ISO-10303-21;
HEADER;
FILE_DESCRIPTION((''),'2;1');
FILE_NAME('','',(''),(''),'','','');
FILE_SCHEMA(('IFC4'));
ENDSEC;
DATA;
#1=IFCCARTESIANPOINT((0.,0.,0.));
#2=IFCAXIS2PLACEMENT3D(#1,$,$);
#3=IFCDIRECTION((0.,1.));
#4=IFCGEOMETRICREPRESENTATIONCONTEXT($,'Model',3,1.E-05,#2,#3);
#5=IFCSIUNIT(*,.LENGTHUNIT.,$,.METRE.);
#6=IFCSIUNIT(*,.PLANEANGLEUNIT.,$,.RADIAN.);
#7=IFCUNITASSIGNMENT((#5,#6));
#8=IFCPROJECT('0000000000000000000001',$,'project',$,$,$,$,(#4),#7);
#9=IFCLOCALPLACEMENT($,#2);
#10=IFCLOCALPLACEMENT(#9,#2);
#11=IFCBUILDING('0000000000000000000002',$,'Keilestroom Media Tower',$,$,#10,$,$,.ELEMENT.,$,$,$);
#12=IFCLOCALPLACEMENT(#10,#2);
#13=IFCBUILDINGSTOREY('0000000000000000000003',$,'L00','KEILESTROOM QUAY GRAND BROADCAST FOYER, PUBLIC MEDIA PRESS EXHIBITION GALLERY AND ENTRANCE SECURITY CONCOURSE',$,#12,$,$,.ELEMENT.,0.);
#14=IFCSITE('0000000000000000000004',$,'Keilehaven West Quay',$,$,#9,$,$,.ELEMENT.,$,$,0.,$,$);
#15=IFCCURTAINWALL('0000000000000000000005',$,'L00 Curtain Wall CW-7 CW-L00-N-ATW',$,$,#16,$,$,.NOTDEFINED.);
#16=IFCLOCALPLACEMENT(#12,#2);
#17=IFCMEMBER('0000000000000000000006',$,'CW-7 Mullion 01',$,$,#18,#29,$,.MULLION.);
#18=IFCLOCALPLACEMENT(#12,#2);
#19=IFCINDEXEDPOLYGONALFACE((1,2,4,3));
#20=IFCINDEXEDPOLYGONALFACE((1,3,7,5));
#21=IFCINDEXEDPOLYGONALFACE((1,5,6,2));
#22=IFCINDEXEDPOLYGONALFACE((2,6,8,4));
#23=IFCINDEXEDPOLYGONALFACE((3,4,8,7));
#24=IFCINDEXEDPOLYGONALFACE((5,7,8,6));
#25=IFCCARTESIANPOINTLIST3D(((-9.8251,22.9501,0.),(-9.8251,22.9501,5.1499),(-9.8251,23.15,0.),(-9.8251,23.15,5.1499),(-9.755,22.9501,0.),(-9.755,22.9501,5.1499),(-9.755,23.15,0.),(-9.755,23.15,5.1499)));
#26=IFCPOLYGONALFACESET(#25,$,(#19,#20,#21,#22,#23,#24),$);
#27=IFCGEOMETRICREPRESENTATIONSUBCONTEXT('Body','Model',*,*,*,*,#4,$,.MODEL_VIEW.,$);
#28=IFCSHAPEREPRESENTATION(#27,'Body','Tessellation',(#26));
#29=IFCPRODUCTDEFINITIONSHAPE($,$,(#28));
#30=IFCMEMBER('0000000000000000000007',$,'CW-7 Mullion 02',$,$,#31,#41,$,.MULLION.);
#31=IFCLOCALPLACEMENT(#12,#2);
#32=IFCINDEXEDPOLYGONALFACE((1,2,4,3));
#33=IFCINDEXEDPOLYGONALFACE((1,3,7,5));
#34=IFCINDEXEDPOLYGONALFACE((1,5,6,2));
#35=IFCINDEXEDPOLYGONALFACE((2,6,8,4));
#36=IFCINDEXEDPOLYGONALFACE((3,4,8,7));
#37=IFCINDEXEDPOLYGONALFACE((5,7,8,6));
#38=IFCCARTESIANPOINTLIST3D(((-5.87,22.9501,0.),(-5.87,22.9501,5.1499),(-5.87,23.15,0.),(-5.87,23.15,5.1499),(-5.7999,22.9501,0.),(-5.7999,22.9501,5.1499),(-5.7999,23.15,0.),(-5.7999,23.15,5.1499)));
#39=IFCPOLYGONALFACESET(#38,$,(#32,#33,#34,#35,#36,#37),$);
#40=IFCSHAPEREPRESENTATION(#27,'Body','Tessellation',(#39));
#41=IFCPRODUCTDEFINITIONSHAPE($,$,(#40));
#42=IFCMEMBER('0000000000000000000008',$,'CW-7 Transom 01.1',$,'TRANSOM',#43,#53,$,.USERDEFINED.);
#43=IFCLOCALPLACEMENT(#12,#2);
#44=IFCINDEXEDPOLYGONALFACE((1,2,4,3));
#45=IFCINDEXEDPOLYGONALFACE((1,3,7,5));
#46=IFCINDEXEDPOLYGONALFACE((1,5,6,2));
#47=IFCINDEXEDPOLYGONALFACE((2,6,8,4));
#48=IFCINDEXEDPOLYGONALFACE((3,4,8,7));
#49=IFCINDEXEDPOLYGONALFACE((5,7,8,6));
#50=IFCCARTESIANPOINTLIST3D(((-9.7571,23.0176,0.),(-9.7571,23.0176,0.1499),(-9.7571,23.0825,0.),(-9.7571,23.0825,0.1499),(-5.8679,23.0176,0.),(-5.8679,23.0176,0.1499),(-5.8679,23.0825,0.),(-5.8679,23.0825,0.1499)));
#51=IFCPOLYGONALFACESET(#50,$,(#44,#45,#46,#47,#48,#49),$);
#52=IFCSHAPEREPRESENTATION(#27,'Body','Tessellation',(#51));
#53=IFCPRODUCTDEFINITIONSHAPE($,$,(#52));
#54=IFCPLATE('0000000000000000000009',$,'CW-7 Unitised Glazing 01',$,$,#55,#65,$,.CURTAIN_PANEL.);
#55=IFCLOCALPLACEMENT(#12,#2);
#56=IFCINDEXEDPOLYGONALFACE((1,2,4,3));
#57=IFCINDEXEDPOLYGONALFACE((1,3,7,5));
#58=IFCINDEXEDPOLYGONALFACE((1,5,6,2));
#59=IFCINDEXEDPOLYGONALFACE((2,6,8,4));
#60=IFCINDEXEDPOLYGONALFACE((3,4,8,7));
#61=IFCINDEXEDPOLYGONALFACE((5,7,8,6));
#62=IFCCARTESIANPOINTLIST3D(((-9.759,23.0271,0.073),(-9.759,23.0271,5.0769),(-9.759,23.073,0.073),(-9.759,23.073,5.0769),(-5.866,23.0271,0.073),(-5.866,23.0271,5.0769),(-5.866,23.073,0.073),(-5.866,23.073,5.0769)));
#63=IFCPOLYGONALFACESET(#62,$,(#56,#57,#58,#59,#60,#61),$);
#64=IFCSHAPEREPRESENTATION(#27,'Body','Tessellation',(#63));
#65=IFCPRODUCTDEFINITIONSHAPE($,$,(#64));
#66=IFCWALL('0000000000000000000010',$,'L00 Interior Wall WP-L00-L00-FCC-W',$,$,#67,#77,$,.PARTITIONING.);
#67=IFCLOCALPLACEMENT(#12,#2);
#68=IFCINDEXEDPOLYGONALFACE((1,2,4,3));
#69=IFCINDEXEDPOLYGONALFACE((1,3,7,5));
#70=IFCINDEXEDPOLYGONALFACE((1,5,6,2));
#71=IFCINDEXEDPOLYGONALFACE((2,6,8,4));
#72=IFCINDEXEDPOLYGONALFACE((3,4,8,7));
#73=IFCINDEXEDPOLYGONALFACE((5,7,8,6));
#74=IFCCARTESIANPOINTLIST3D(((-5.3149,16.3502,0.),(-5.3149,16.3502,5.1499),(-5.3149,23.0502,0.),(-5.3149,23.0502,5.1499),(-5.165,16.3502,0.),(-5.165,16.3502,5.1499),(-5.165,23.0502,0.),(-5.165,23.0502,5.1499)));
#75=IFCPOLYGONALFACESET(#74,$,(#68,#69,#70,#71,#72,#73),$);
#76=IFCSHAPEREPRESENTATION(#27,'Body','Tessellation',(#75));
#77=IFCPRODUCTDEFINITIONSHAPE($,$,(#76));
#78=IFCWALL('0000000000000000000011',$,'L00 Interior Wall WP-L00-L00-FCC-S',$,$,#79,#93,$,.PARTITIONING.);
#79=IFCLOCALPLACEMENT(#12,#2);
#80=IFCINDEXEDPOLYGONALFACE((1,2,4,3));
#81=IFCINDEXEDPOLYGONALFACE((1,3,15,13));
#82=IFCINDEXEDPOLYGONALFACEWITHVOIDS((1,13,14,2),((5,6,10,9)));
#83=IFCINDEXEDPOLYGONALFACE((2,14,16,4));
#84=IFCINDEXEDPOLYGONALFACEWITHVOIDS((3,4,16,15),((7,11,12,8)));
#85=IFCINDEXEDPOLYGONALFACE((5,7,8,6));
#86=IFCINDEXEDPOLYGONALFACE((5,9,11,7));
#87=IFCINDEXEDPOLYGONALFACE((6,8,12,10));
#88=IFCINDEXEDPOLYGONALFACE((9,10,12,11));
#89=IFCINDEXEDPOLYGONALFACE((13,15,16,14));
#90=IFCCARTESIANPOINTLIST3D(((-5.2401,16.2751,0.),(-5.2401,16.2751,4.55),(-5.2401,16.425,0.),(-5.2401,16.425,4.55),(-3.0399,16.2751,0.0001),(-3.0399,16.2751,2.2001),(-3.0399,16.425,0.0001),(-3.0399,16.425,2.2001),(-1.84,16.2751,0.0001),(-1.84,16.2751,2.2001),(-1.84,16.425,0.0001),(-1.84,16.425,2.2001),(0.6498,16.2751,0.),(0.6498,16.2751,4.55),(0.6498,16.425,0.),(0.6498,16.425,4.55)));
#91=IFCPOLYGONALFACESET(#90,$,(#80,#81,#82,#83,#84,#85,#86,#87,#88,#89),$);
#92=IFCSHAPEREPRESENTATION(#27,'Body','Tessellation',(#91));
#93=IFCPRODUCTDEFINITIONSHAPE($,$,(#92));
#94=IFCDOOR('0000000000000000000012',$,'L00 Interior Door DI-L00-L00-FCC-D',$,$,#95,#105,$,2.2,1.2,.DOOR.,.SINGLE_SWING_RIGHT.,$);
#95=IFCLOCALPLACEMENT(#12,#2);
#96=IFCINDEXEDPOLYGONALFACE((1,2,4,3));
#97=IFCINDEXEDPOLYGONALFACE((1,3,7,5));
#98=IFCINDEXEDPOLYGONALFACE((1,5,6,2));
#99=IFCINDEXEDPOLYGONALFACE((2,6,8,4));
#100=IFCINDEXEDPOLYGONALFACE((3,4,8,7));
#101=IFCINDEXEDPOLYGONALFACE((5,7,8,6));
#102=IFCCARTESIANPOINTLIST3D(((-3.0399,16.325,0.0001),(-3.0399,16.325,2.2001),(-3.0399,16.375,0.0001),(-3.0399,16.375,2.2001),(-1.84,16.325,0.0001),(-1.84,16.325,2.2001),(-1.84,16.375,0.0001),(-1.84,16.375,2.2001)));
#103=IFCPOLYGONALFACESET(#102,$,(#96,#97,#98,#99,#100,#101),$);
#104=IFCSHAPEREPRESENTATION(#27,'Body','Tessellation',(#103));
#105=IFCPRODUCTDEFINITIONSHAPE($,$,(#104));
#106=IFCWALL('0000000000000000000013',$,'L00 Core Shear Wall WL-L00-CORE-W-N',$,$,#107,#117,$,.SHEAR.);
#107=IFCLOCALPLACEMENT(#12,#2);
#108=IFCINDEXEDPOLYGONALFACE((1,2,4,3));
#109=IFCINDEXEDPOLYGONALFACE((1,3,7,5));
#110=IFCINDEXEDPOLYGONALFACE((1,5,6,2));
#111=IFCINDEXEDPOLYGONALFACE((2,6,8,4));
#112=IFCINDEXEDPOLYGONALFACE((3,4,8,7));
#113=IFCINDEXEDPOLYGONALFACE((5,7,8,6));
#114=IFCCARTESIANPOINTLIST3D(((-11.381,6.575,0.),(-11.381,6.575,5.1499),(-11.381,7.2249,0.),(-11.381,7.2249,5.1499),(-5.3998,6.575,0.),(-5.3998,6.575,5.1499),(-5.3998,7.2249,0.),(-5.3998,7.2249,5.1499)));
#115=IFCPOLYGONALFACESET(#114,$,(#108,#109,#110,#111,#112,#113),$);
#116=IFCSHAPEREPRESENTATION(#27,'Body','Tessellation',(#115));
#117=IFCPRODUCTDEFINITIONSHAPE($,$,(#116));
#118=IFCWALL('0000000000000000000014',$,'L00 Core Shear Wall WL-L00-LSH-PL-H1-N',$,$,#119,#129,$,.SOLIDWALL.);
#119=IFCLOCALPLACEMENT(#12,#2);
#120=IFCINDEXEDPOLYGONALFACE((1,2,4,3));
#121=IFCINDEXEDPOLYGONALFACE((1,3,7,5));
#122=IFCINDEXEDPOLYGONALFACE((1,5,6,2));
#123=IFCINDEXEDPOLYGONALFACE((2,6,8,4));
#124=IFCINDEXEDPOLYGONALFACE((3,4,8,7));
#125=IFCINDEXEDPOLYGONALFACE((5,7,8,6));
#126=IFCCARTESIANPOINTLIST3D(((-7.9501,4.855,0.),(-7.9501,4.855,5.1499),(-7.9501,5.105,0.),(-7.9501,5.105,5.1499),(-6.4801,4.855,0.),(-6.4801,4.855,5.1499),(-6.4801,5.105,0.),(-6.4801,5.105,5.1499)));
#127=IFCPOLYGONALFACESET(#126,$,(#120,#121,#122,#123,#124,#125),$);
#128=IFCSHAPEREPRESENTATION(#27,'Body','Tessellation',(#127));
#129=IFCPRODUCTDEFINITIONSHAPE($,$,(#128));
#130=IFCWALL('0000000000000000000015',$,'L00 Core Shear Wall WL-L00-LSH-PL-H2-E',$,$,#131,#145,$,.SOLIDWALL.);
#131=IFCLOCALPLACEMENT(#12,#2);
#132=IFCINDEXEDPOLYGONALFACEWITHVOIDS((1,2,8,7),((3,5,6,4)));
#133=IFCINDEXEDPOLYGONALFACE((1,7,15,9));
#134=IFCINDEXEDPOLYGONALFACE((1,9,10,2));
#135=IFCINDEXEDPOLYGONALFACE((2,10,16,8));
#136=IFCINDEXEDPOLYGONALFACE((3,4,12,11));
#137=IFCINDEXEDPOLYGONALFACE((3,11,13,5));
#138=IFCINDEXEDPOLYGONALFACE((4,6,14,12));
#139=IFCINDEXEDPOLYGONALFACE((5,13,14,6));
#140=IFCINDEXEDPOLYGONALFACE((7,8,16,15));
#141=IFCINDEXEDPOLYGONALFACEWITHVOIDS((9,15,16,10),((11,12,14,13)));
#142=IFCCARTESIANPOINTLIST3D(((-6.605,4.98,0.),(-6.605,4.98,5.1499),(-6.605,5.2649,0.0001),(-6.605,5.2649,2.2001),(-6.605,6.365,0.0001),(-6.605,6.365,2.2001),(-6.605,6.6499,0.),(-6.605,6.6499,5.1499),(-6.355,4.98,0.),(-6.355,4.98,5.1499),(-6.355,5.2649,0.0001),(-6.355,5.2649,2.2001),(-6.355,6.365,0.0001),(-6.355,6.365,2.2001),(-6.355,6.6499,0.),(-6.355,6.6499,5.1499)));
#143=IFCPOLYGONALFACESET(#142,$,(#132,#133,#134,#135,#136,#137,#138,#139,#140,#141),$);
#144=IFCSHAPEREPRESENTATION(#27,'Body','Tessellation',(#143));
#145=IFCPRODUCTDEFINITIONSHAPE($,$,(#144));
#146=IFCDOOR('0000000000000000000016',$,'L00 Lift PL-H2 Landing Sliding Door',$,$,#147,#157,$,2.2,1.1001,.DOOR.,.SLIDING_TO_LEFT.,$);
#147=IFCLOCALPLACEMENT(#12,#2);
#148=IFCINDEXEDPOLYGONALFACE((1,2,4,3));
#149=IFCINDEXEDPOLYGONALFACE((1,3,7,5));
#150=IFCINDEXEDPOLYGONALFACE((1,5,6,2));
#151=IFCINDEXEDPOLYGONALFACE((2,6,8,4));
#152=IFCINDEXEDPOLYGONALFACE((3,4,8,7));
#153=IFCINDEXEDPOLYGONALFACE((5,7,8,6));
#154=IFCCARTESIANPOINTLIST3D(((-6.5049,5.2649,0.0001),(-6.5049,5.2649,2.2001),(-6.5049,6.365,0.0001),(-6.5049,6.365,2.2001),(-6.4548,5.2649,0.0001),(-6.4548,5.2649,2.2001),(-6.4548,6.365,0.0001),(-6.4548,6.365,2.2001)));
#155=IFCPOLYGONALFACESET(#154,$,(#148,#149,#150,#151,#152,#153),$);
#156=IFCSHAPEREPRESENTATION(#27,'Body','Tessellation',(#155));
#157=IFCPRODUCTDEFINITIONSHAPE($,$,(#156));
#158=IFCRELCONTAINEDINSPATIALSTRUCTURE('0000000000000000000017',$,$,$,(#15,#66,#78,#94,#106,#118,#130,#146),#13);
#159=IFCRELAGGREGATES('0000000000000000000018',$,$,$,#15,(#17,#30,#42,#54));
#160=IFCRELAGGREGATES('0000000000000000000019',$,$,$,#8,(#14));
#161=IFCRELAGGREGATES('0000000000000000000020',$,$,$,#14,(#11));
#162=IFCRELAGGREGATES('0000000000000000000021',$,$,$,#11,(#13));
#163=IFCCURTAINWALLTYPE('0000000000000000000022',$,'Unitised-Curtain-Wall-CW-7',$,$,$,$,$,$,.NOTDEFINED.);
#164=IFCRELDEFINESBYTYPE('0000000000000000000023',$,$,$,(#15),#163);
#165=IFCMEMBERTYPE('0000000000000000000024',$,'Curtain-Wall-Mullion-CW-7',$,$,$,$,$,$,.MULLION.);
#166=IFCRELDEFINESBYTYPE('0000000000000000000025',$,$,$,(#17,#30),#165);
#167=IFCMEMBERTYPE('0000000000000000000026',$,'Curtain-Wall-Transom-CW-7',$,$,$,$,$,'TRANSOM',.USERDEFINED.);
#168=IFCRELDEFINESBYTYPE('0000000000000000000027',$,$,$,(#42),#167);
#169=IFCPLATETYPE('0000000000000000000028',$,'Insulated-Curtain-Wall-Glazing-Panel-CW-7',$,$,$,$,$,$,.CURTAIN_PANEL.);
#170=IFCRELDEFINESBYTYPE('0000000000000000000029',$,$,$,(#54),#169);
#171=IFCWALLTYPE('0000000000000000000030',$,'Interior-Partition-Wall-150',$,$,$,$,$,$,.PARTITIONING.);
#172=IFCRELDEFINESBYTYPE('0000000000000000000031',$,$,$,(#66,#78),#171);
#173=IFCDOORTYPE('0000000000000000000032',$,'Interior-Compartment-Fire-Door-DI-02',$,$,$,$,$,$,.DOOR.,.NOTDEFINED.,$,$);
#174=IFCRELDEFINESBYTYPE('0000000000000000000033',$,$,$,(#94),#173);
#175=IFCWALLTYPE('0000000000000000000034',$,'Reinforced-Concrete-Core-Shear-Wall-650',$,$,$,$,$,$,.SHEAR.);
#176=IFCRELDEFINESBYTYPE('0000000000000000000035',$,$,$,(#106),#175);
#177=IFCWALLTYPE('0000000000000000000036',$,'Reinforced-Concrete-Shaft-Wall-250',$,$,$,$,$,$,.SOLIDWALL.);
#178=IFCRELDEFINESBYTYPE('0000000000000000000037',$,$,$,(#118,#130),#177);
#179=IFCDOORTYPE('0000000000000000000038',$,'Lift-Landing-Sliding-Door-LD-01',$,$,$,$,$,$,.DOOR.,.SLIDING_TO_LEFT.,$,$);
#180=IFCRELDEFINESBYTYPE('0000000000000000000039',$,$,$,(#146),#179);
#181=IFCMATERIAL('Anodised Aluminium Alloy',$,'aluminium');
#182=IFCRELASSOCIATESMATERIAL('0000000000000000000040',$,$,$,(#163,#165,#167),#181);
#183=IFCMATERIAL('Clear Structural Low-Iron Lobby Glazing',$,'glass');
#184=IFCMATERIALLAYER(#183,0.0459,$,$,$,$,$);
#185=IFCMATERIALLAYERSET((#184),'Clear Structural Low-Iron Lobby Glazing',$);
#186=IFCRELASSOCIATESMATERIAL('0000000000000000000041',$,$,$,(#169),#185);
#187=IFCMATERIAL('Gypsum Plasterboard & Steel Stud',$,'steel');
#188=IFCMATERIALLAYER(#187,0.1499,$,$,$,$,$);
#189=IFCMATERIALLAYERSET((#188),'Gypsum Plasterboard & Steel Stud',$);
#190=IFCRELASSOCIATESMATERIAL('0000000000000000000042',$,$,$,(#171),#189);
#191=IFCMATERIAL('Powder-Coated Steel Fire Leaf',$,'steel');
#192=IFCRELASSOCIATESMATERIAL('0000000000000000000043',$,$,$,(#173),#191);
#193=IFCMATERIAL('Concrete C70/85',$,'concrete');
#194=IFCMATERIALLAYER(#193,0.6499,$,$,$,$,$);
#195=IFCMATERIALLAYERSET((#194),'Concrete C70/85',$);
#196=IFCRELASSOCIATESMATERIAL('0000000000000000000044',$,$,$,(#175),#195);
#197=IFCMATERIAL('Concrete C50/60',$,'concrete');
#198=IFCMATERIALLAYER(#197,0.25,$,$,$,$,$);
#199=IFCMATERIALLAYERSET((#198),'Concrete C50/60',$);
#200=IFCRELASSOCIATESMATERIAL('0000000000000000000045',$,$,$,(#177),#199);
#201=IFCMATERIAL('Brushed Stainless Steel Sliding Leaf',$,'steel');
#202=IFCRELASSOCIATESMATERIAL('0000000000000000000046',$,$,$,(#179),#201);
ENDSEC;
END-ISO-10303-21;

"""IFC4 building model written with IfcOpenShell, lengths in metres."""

from ifc_helpers import new_model, si_unit, direction, frame, frame_2d, origin, origin_2d, place, context, subcontext, project, spatial, rectangle, extrude, source, transform, mapped, material, layer, layer_set, material_profile, profile_set, type_object, element, fill, aggregate, save


model = new_model("IFC4")

# Units and contexts
model_context = context("Model", 3, precision=1e-05, world=origin(), true_north=direction((0.0, 1.0)))
body_context = subcontext(model_context, "Body", "Model", "MODEL_VIEW")
ifc_project = project(units=[si_unit("LENGTHUNIT", "METRE"), si_unit("PLANEANGLEUNIT", "RADIAN")], contexts=[model_context])

# Site, building, storey
site_placement = place(None, origin())
site = spatial("IfcSite", under=ifc_project, at=site_placement, Name="Keilehaven West Quay", CompositionType="ELEMENT", RefElevation=0.0)
building_placement = place(site_placement, origin())
building = spatial("IfcBuilding", under=site, at=building_placement, Name="Keilestroom Media Tower", CompositionType="ELEMENT")
storey_placement = place(building_placement, origin())
storey = spatial("IfcBuildingStorey", under=building, at=storey_placement, Name="L00", Description="KEILESTROOM QUAY GRAND BROADCAST FOYER, PUBLIC MEDIA PRESS EXHIBITION GALLERY AND ENTRANCE SECURITY CONCOURSE", CompositionType="ELEMENT", Elevation=0.0)

# Curtain wall, members, plate
ifc_material_1 = material(Name="Anodised Aluminium Alloy", Category="aluminium")
curtain_wall_type = type_object("IfcCurtainWallType", Name="Unitised-Curtain-Wall-CW-7", PredefinedType="NOTDEFINED", material=ifc_material_1)
curtain_wall_placement = place(storey_placement, origin())
curtain_wall = element("IfcCurtainWall", 1, at=curtain_wall_placement, inside=storey, type_object=curtain_wall_type, Name="L00 Curtain Wall CW-7 CW-L00-N-ATW", PredefinedType="NOTDEFINED")
ifc_material_profile_1 = material_profile(ifc_material_1, rectangle(XDim=0.0701, YDim=0.2, at=origin_2d()), Name="ALU MULLION 70x200")
ifc_profile_set_1 = profile_set([ifc_material_profile_1], Name="Anodised Aluminium Alloy")
member_type_1 = type_object("IfcMemberType", Name="Curtain-Wall-Mullion-CW-7", PredefinedType="MULLION", material=ifc_profile_set_1)
shared_shape_1 = source(origin(), body_context, "Body", "SweptSolid", [
    extrude(rectangle(XDim=0.0701, YDim=0.2, at=origin_2d()), origin(), (0.0, 0.0, 1.0), 5.1499),
])
member_1_placement = place(storey_placement, frame((-9.79, 23.05, 0.0), z_axis=(0.0, 0.0, 1.0), x_axis=(1.0, 0.0, 0.0)))
member_1 = element("IfcMember", 2, at=member_1_placement, type_object=member_type_1, Name="CW-7 Mullion 01", PredefinedType="MULLION", context=body_context, shape_type="MappedRepresentation", body=[
    mapped(shared_shape_1, transform((0.0, 0.0, 0.0), x_axis=(1.0, 0.0, 0.0), y_axis=(0.0, 1.0, 0.0), z_axis=(0.0, 0.0, 1.0), scale=1.0)),
])
member_2_placement = place(storey_placement, frame((-5.835, 23.05, 0.0), z_axis=(0.0, 0.0, 1.0), x_axis=(1.0, 0.0, 0.0)))
member_2 = element("IfcMember", 3, at=member_2_placement, type_object=member_type_1, Name="CW-7 Mullion 02", PredefinedType="MULLION", context=body_context, shape_type="MappedRepresentation", body=[
    mapped(shared_shape_1, transform((0.0, 0.0, 0.0), x_axis=(1.0, 0.0, 0.0), y_axis=(0.0, 1.0, 0.0), z_axis=(0.0, 0.0, 1.0), scale=1.0)),
])
ifc_material_profile_2 = material_profile(ifc_material_1, rectangle(XDim=0.0649, YDim=0.1499, at=origin_2d()), Name="ALU TRANSOM 65x150")
ifc_profile_set_2 = profile_set([ifc_material_profile_2], Name="Anodised Aluminium Alloy")
member_type_2 = type_object("IfcMemberType", Name="Curtain-Wall-Transom-CW-7", ElementType="TRANSOM", PredefinedType="USERDEFINED", material=ifc_profile_set_2)
shared_shape_2 = source(origin(), body_context, "Body", "SweptSolid", [
    extrude(rectangle(XDim=0.0649, YDim=0.1499, at=origin_2d()), origin(), (0.0, 0.0, 1.0), 3.8892),
])
member_3_placement = place(storey_placement, frame((-9.7571, 23.05, 0.075), z_axis=(1.0, 0.0, 0.0), x_axis=(0.0, 1.0, 0.0)))
member_3 = element("IfcMember", 4, at=member_3_placement, type_object=member_type_2, Name="CW-7 Transom 01.1", ObjectType="TRANSOM", PredefinedType="USERDEFINED", context=body_context, shape_type="MappedRepresentation", body=[
    mapped(shared_shape_2, transform((0.0, 0.0, 0.0), x_axis=(1.0, 0.0, 0.0), y_axis=(0.0, 1.0, 0.0), z_axis=(0.0, 0.0, 1.0), scale=1.0)),
])
ifc_material_2 = material(Name="Clear Structural Low-Iron Lobby Glazing", Category="glass")
ifc_layer_1 = layer(ifc_material_2, 0.0459)
ifc_layer_set_1 = layer_set([ifc_layer_1], Name="Clear Structural Low-Iron Lobby Glazing")
plate_type = type_object("IfcPlateType", Name="Insulated-Curtain-Wall-Glazing-Panel-CW-7", PredefinedType="CURTAIN_PANEL", material=ifc_layer_set_1)
shared_shape_3 = source(origin(), body_context, "Body", "SweptSolid", [
    extrude(rectangle(XDim=3.8931, YDim=0.0459, at=origin_2d()), origin(), (0.0, 0.0, 1.0), 5.0039),
])
plate_placement = place(storey_placement, frame((-7.8125, 23.05, 0.073), z_axis=(0.0, 0.0, 1.0), x_axis=(1.0, 0.0, 0.0)))
plate = element("IfcPlate", 5, at=plate_placement, type_object=plate_type, Name="CW-7 Unitised Glazing 01", PredefinedType="CURTAIN_PANEL", context=body_context, shape_type="MappedRepresentation", body=[
    mapped(shared_shape_3, transform((0.0, 0.0, 0.0), x_axis=(1.0, 0.0, 0.0), y_axis=(0.0, 1.0, 0.0), z_axis=(0.0, 0.0, 1.0), scale=1.0)),
])
aggregate(curtain_wall, [member_1, member_2, member_3, plate])

# Wall
ifc_material_3 = material(Name="Gypsum Plasterboard & Steel Stud", Category="steel")
ifc_layer_2 = layer(ifc_material_3, 0.1499)
ifc_layer_set_2 = layer_set([ifc_layer_2], Name="Gypsum Plasterboard & Steel Stud")
wall_type_1 = type_object("IfcWallType", Name="Interior-Partition-Wall-150", PredefinedType="PARTITIONING", material=ifc_layer_set_2)
wall_1_placement = place(storey_placement, frame((-5.24, 16.3501, 0.0), z_axis=(0.0, 0.0, 1.0), x_axis=(0.0, 1.0, 0.0)))
element("IfcWall", 6, at=wall_1_placement, inside=storey, type_object=wall_type_1, Name="L00 Interior Wall WP-L00-L00-FCC-W", PredefinedType="PARTITIONING", context=body_context, shape_type="SweptSolid", body=[
    extrude(rectangle(XDim=6.7, YDim=0.1499, at=frame_2d((3.3501, 0.0))), origin(), (0.0, 0.0, 1.0), 5.1499),
])

# Wall, opening, door
wall_2_placement = place(storey_placement, frame((-5.24, 16.3501, 0.0), z_axis=(0.0, 0.0, 1.0), x_axis=(1.0, 0.0, 0.0)))
wall_2 = element("IfcWall", 7, at=wall_2_placement, inside=storey, type_object=wall_type_1, Name="L00 Interior Wall WP-L00-L00-FCC-S", PredefinedType="PARTITIONING", context=body_context, shape_type="SweptSolid", body=[
    extrude(rectangle(XDim=5.8899, YDim=0.1499, at=frame_2d((2.9448, 0.0))), origin(), (0.0, 0.0, 1.0), 4.55),
])
opening_1_placement = place(wall_2_placement, frame((2.2, 0.0, 0.0)))
opening_1 = element("IfcOpeningElement", 8, at=opening_1_placement, cuts=wall_2, PredefinedType="OPENING", context=body_context, shape_type="SweptSolid", body=[
    extrude(rectangle(XDim=1.2, YDim=2.2, at=frame_2d((0.6001, 1.1001))), frame((0.0, 0.085, 0.0), z_axis=(0.0, -1.0, 0.0), x_axis=(1.0, 0.0, 0.0)), (0.0, 0.0, 1.0), 0.1699),
])
ifc_material_4 = material(Name="Powder-Coated Steel Fire Leaf", Category="steel")
door_type_1 = type_object("IfcDoorType", Name="Interior-Compartment-Fire-Door-DI-02", OperationType="NOTDEFINED", PredefinedType="DOOR", material=ifc_material_4)
shared_shape_4 = source(origin(), body_context, "Body", "SweptSolid", [
    extrude(rectangle(XDim=1.2, YDim=2.2, at=frame_2d((0.6001, 1.1001))), frame((0.0, 0.0249, 0.0), z_axis=(0.0, -1.0, 0.0), x_axis=(1.0, 0.0, 0.0)), (0.0, 0.0, 1.0), 0.05),
])
door_1_placement = place(opening_1_placement, origin())
door_1 = element("IfcDoor", 9, at=door_1_placement, inside=storey, type_object=door_type_1, Name="L00 Interior Door DI-L00-L00-FCC-D", OperationType="SINGLE_SWING_RIGHT", OverallHeight=2.2, OverallWidth=1.2, PredefinedType="DOOR", context=body_context, shape_type="MappedRepresentation", body=[
    mapped(shared_shape_4, transform((0.0, 0.0, 0.0), x_axis=(1.0, 0.0, 0.0), y_axis=(0.0, 1.0, 0.0), z_axis=(0.0, 0.0, 1.0), scale=1.0)),
])
fill(opening_1, door_1)

# Walls
ifc_material_5 = material(Name="Concrete C70/85", Category="concrete")
ifc_layer_3 = layer(ifc_material_5, 0.6499)
ifc_layer_set_3 = layer_set([ifc_layer_3], Name="Concrete C70/85")
wall_type_2 = type_object("IfcWallType", Name="Reinforced-Concrete-Core-Shear-Wall-650", PredefinedType="SHEAR", material=ifc_layer_set_3)
wall_3_placement = place(storey_placement, frame((-11.3811, 6.8999, 0.0), z_axis=(0.0, 0.0, 1.0), x_axis=(1.0, 0.0, 0.0)))
element("IfcWall", 10, at=wall_3_placement, inside=storey, type_object=wall_type_2, Name="L00 Core Shear Wall WL-L00-CORE-W-N", PredefinedType="SHEAR", context=body_context, shape_type="SweptSolid", body=[
    extrude(rectangle(XDim=5.9812, YDim=0.6499, at=frame_2d((2.9907, 0.0))), origin(), (0.0, 0.0, 1.0), 5.1499),
])
ifc_material_6 = material(Name="Concrete C50/60", Category="concrete")
ifc_layer_4 = layer(ifc_material_6, 0.25)
ifc_layer_set_4 = layer_set([ifc_layer_4], Name="Concrete C50/60")
wall_type_3 = type_object("IfcWallType", Name="Reinforced-Concrete-Shaft-Wall-250", PredefinedType="SOLIDWALL", material=ifc_layer_set_4)
wall_4_placement = place(storey_placement, frame((-7.95, 4.98, 0.0), z_axis=(0.0, 0.0, 1.0), x_axis=(1.0, 0.0, 0.0)))
element("IfcWall", 11, at=wall_4_placement, inside=storey, type_object=wall_type_3, Name="L00 Core Shear Wall WL-L00-LSH-PL-H1-N", PredefinedType="SOLIDWALL", context=body_context, shape_type="SweptSolid", body=[
    extrude(rectangle(XDim=1.47, YDim=0.25, at=frame_2d((0.7349, 0.0))), origin(), (0.0, 0.0, 1.0), 5.1499),
])

# Wall, opening, door
wall_5_placement = place(storey_placement, frame((-6.48, 4.98, 0.0), z_axis=(0.0, 0.0, 1.0), x_axis=(0.0, 1.0, 0.0)))
wall_5 = element("IfcWall", 12, at=wall_5_placement, inside=storey, type_object=wall_type_3, Name="L00 Core Shear Wall WL-L00-LSH-PL-H2-E", PredefinedType="SOLIDWALL", context=body_context, shape_type="SweptSolid", body=[
    extrude(rectangle(XDim=1.6699, YDim=0.25, at=frame_2d((0.835, 0.0))), origin(), (0.0, 0.0, 1.0), 5.1499),
])
opening_2_placement = place(wall_5_placement, frame((0.2849, 0.0, 0.0)))
opening_2 = element("IfcOpeningElement", 13, at=opening_2_placement, cuts=wall_5, PredefinedType="OPENING", context=body_context, shape_type="SweptSolid", body=[
    extrude(rectangle(XDim=1.1001, YDim=2.2, at=frame_2d((0.55, 1.1001))), frame((0.0, 0.135, 0.0), z_axis=(0.0, -1.0, 0.0), x_axis=(1.0, 0.0, 0.0)), (0.0, 0.0, 1.0), 0.27),
])
ifc_material_7 = material(Name="Brushed Stainless Steel Sliding Leaf", Category="steel")
door_type_2 = type_object("IfcDoorType", Name="Lift-Landing-Sliding-Door-LD-01", OperationType="SLIDING_TO_LEFT", PredefinedType="DOOR", material=ifc_material_7)
shared_shape_5 = source(origin(), body_context, "Body", "SweptSolid", [
    extrude(rectangle(XDim=1.1001, YDim=2.2, at=frame_2d((0.55, 1.1001))), frame((0.0, 0.0249, 0.0), z_axis=(0.0, -1.0, 0.0), x_axis=(1.0, 0.0, 0.0)), (0.0, 0.0, 1.0), 0.05),
])
door_2_placement = place(opening_2_placement, origin())
door_2 = element("IfcDoor", 14, at=door_2_placement, inside=storey, type_object=door_type_2, Name="L00 Lift PL-H2 Landing Sliding Door", OperationType="SLIDING_TO_LEFT", OverallHeight=2.2, OverallWidth=1.1001, PredefinedType="DOOR", context=body_context, shape_type="MappedRepresentation", body=[
    mapped(shared_shape_5, transform((0.0, 0.0, 0.0), x_axis=(1.0, 0.0, 0.0), y_axis=(0.0, 1.0, 0.0), z_axis=(0.0, 0.0, 1.0), scale=1.0)),
])
fill(opening_2, door_2)

save(model, "model.ifc")
